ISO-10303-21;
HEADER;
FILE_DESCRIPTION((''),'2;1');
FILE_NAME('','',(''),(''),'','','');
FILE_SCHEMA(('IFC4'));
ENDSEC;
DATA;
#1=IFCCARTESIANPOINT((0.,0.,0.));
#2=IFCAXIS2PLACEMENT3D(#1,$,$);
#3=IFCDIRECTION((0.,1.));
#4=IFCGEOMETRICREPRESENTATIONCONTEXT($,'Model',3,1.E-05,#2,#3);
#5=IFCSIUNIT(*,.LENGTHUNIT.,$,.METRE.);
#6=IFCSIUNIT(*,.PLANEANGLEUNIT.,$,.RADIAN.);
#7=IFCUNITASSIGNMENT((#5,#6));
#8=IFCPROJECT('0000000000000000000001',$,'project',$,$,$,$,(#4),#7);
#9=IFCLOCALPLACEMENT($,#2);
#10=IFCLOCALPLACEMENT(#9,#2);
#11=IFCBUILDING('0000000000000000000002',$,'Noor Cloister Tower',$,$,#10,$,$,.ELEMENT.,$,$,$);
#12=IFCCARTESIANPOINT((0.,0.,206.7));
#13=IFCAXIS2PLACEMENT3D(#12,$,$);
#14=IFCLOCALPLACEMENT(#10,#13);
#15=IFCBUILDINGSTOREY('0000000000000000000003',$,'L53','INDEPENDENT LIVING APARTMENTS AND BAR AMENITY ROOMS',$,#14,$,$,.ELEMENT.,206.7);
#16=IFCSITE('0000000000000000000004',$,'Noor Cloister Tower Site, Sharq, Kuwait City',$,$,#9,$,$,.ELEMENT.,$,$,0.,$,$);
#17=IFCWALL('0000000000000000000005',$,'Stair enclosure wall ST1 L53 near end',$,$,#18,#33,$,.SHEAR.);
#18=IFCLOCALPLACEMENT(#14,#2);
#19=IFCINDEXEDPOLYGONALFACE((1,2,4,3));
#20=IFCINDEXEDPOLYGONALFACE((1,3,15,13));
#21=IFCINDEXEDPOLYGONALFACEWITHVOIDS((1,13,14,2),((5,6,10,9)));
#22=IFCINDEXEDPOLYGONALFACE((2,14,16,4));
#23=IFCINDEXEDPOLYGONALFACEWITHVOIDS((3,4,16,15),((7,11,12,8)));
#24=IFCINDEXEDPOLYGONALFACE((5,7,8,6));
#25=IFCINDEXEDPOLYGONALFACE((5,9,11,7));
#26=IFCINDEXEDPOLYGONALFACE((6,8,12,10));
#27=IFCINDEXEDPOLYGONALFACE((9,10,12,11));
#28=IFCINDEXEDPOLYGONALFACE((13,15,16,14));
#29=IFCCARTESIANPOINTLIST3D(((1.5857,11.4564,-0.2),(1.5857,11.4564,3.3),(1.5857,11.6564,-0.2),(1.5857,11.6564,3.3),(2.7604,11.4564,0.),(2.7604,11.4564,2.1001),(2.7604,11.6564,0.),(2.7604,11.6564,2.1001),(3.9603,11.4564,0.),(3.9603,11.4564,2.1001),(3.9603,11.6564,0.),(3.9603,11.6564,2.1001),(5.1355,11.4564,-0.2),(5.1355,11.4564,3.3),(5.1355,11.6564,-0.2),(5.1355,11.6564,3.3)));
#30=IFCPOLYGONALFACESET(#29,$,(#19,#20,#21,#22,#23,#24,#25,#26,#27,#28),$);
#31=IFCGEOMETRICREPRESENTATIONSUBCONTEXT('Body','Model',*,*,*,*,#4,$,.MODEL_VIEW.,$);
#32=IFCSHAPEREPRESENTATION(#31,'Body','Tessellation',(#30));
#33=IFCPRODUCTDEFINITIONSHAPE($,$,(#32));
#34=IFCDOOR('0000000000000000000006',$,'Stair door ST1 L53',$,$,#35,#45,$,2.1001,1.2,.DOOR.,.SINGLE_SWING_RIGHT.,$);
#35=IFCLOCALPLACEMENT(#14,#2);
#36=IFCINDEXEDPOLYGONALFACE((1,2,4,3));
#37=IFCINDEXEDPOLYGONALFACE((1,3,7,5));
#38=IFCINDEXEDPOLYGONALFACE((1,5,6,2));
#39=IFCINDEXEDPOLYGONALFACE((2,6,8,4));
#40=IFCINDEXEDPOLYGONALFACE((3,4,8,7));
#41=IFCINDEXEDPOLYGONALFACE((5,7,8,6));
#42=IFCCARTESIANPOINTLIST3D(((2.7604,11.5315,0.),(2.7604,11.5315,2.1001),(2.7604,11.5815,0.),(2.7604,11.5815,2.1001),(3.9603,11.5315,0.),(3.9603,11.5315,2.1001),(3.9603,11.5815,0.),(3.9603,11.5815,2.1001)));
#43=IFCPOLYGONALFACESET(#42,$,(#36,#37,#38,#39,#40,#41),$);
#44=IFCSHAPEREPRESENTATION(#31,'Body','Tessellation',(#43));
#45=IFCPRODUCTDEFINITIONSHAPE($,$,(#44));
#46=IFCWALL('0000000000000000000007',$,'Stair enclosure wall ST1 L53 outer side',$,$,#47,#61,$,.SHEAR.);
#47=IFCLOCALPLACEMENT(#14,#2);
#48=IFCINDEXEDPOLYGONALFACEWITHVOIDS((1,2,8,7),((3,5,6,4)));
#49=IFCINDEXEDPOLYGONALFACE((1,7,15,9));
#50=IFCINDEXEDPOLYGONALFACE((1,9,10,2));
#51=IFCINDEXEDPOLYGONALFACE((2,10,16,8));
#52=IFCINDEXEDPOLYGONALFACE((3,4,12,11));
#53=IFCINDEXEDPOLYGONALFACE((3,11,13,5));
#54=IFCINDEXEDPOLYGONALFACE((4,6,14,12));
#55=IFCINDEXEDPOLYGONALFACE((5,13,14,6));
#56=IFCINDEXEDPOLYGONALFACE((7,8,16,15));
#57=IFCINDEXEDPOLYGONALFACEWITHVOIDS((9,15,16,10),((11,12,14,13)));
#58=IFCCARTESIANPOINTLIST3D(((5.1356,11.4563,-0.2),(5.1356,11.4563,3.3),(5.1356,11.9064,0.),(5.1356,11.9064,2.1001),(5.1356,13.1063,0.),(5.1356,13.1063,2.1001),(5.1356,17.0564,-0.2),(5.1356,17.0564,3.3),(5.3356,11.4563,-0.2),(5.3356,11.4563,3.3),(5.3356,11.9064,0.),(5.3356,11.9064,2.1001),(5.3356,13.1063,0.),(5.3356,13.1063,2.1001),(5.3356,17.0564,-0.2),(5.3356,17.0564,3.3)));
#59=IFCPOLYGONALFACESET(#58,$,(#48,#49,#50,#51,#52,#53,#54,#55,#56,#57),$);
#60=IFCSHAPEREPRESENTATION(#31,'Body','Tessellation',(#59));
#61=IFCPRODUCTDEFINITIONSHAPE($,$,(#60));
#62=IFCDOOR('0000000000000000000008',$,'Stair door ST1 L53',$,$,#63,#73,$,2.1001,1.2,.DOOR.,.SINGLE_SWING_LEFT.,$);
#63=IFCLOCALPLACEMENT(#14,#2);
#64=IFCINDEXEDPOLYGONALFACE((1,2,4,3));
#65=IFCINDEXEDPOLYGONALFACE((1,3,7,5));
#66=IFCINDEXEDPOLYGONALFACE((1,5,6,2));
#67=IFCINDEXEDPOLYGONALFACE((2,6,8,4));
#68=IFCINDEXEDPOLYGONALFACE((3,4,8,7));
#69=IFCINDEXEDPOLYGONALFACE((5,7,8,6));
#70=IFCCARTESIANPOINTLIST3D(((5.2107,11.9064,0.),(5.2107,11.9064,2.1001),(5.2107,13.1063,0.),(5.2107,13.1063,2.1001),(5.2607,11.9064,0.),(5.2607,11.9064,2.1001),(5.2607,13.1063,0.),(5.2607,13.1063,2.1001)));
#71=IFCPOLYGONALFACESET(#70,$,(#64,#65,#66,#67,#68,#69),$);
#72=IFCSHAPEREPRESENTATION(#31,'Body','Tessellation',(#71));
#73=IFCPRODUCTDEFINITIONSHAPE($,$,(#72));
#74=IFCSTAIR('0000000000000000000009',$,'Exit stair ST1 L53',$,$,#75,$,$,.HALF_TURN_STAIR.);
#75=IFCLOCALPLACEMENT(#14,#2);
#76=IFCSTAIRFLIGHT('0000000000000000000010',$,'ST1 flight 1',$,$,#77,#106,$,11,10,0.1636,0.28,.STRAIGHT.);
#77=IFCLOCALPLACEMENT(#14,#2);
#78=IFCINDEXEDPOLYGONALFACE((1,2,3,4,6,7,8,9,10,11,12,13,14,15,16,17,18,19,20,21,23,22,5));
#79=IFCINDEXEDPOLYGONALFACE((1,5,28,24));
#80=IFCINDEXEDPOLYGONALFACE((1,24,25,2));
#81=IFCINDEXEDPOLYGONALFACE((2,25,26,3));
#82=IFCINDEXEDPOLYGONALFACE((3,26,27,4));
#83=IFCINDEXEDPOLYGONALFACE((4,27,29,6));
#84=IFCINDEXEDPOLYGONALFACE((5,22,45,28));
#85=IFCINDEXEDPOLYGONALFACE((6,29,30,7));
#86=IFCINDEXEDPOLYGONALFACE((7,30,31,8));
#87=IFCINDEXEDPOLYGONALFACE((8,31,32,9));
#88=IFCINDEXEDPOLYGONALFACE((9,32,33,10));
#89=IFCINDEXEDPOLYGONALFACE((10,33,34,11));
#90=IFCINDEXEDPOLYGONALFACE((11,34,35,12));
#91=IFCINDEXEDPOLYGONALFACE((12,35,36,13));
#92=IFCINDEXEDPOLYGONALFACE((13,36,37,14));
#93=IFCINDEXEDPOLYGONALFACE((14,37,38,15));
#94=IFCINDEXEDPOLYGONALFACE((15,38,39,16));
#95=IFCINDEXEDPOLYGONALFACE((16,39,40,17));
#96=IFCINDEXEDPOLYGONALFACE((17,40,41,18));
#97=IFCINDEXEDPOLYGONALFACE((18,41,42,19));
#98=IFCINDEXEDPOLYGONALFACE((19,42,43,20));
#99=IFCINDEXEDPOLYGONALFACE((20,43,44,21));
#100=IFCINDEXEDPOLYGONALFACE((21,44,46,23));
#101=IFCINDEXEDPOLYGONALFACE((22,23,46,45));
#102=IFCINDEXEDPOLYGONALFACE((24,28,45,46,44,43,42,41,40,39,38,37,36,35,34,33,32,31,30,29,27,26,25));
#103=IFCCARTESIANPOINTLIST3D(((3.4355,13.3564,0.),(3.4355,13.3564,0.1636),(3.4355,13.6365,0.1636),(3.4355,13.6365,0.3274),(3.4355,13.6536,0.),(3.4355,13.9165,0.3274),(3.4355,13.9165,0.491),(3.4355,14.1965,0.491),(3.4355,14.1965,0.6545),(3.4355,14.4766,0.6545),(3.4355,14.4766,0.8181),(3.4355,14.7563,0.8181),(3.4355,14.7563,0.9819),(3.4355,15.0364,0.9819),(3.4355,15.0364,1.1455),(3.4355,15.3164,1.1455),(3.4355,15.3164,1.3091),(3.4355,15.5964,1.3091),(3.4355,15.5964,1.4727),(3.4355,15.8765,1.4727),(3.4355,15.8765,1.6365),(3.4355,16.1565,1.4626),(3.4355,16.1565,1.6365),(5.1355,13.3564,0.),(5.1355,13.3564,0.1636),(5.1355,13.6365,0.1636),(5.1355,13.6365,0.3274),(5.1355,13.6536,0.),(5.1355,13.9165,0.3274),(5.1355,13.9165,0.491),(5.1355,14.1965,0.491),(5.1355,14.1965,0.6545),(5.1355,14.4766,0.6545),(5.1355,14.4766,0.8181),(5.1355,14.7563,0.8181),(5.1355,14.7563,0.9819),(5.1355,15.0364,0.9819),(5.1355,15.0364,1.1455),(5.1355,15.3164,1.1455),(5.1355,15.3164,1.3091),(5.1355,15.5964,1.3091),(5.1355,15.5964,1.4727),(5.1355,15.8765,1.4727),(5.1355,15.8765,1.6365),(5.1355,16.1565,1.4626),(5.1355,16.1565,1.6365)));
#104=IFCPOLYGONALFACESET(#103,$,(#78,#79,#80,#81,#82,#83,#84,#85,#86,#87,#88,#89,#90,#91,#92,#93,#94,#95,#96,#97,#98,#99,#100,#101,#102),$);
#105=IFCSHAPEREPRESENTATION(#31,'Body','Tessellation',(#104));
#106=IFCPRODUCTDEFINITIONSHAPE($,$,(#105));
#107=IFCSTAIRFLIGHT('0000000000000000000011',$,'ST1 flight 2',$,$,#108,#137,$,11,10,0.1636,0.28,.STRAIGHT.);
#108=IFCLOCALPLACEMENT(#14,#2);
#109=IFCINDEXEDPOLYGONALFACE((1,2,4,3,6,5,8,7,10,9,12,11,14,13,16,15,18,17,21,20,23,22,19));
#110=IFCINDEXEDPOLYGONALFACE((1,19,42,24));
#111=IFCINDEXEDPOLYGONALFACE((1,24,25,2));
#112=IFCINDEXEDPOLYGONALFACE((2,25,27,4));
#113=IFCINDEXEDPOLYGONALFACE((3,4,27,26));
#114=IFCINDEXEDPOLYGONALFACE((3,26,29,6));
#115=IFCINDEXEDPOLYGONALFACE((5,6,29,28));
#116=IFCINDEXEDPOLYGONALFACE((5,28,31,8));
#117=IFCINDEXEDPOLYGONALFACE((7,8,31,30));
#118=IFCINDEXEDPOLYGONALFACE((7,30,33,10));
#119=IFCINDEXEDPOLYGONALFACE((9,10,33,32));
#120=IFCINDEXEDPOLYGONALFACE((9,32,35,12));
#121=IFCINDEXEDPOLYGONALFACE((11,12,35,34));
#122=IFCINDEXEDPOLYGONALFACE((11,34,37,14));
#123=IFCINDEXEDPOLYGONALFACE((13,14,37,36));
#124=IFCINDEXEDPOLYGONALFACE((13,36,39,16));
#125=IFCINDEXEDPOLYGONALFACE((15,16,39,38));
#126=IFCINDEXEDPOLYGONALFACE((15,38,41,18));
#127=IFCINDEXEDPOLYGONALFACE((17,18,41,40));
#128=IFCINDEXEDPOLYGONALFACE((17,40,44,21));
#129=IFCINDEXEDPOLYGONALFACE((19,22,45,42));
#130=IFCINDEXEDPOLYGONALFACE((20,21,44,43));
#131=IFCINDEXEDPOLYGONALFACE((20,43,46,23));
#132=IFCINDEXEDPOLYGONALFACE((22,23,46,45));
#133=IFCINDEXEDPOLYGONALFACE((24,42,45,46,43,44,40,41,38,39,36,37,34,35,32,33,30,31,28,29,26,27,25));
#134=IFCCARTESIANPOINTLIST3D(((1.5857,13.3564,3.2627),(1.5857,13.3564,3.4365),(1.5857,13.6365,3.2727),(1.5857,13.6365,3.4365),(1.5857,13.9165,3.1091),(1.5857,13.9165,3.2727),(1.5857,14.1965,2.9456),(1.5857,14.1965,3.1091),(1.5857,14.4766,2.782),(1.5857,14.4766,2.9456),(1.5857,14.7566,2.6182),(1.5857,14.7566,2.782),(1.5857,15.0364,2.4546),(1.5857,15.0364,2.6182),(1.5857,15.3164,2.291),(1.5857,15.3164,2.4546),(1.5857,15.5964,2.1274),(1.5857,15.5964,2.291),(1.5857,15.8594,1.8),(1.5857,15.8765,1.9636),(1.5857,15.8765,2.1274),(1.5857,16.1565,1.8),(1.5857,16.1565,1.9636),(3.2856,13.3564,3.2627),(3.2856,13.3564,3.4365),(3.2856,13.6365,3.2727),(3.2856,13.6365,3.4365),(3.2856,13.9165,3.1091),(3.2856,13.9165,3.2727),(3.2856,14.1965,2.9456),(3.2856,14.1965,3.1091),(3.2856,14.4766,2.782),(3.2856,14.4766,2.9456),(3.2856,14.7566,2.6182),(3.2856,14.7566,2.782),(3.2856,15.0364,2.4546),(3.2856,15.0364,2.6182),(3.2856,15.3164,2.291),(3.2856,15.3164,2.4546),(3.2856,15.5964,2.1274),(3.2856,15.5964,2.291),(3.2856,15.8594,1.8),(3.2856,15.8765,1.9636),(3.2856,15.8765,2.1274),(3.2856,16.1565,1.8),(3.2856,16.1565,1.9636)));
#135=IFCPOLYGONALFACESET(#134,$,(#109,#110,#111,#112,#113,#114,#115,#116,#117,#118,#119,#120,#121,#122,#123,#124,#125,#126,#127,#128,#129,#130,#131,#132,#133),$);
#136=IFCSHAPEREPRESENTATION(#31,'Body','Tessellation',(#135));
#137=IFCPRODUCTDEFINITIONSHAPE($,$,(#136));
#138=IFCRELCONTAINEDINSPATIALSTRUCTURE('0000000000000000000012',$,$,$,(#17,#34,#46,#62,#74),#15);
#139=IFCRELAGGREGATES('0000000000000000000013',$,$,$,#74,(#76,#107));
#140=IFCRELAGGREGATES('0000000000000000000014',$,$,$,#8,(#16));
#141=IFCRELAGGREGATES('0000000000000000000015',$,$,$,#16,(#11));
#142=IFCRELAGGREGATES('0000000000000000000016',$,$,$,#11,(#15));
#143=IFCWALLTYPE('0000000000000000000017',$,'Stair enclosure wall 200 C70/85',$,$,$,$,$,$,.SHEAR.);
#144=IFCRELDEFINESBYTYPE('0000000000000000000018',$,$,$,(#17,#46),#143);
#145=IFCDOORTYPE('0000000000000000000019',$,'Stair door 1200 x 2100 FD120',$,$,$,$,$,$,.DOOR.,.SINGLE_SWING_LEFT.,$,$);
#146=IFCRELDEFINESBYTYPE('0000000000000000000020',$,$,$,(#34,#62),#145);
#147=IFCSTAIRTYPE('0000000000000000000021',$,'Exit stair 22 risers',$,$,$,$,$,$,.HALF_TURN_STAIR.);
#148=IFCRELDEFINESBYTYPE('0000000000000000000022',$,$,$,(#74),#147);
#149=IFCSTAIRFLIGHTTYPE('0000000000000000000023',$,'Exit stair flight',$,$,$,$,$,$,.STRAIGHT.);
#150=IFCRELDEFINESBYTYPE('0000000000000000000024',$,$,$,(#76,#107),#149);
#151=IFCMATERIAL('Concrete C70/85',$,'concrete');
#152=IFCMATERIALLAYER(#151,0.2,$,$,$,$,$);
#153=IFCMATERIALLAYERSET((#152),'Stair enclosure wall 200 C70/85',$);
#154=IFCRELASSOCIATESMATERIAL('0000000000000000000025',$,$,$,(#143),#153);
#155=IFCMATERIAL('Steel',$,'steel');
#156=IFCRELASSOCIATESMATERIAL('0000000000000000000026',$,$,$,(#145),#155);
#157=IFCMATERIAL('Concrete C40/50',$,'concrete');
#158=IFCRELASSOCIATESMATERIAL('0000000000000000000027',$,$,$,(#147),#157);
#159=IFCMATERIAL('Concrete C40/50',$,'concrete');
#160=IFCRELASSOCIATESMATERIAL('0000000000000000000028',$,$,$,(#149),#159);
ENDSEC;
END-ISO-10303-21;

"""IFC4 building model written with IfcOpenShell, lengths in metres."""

from ifc_helpers import new_model, si_unit, direction, frame, frame_2d, origin, place, context, subcontext, project, spatial, polyline, rectangle, outline, extrude, material, layer, layer_set, type_object, element, fill, aggregate, save


model = new_model("IFC4")

# Units and contexts
model_context = context("Model", 3, precision=1e-05, world=origin(), true_north=direction((0.0, 1.0)))
body_context = subcontext(model_context, "Body", "Model", "MODEL_VIEW")
ifc_project = project(units=[si_unit("LENGTHUNIT", "METRE"), si_unit("PLANEANGLEUNIT", "RADIAN")], contexts=[model_context])

# Site, building, storey
site_placement = place(None, origin())
site = spatial("IfcSite", under=ifc_project, at=site_placement, Name="Noor Cloister Tower Site, Sharq, Kuwait City", CompositionType="ELEMENT", RefElevation=0.0)
building_placement = place(site_placement, origin())
building = spatial("IfcBuilding", under=site, at=building_placement, Name="Noor Cloister Tower", CompositionType="ELEMENT")
storey_placement = place(building_placement, frame((0.0, 0.0, 206.7)))
storey = spatial("IfcBuildingStorey", under=building, at=storey_placement, Name="L53", Description="INDEPENDENT LIVING APARTMENTS AND BAR AMENITY ROOMS", CompositionType="ELEMENT", Elevation=206.7)

# Walls, openings, doors
ifc_material_1 = material(Name="Concrete C70/85", Category="concrete")
ifc_layer_1 = layer(ifc_material_1, 0.2)
ifc_layer_set_1 = layer_set([ifc_layer_1], Name="Stair enclosure wall 200 C70/85")
wall_type_1 = type_object("IfcWallType", Name="Stair enclosure wall 200 C70/85", PredefinedType="SHEAR", material=ifc_layer_set_1)
wall_1_placement = place(storey_placement, frame((5.1355, 11.5564, -0.2), z_axis=(0.0, 0.0, 1.0), x_axis=(-1.0, 0.0, 0.0)))
wall_1 = element("IfcWall", 1, at=wall_1_placement, inside=storey, type_object=wall_type_1, Name="Stair enclosure wall ST1 L53 near end", PredefinedType="SHEAR", context=body_context, shape_type="SweptSolid", body=[
    extrude(rectangle(XDim=3.5498, YDim=0.2, at=frame_2d((1.7749, 0.0))), origin(), (0.0, 0.0, 1.0), 3.5),
])
opening_1_placement = place(wall_1_placement, frame((1.175, 0.0, 0.2)))
opening_1 = element("IfcOpeningElement", 2, at=opening_1_placement, cuts=wall_1, PredefinedType="OPENING", context=body_context, shape_type="SweptSolid", body=[
    extrude(rectangle(XDim=1.2, YDim=2.1001, at=frame_2d((0.6001, 1.05))), frame((0.0, 0.1099, 0.0), z_axis=(0.0, -1.0, 0.0), x_axis=(1.0, 0.0, 0.0)), (0.0, 0.0, 1.0), 0.22),
])
ifc_material_2 = material(Name="Steel", Category="steel")
door_type_1 = type_object("IfcDoorType", Name="Stair door 1200 x 2100 FD120", OperationType="SINGLE_SWING_LEFT", PredefinedType="DOOR", material=ifc_material_2)
door_1_placement = place(opening_1_placement, origin())
door_1 = element("IfcDoor", 3, at=door_1_placement, inside=storey, type_object=door_type_1, Name="Stair door ST1 L53", OperationType="SINGLE_SWING_RIGHT", OverallHeight=2.1001, OverallWidth=1.2, PredefinedType="DOOR", context=body_context, shape_type="SweptSolid", body=[
    extrude(rectangle(XDim=1.2, YDim=2.1001, at=frame_2d((0.6001, 1.05))), frame((0.0, 0.0249, 0.0), z_axis=(0.0, -1.0, 0.0), x_axis=(1.0, 0.0, 0.0)), (0.0, 0.0, 1.0), 0.05),
])
fill(opening_1, door_1)
wall_2_placement = place(storey_placement, frame((5.2356, 11.4563, -0.2), z_axis=(0.0, 0.0, 1.0), x_axis=(0.0, 1.0, 0.0)))
wall_2 = element("IfcWall", 4, at=wall_2_placement, inside=storey, type_object=wall_type_1, Name="Stair enclosure wall ST1 L53 outer side", PredefinedType="SHEAR", context=body_context, shape_type="SweptSolid", body=[
    extrude(rectangle(XDim=5.6001, YDim=0.2, at=frame_2d((2.8, 0.0))), origin(), (0.0, 0.0, 1.0), 3.5),
])
opening_2_placement = place(wall_2_placement, frame((0.45, 0.0, 0.2)))
opening_2 = element("IfcOpeningElement", 5, at=opening_2_placement, cuts=wall_2, PredefinedType="OPENING", context=body_context, shape_type="SweptSolid", body=[
    extrude(rectangle(XDim=1.2, YDim=2.1001, at=frame_2d((0.6001, 1.05))), frame((0.0, 0.1099, 0.0), z_axis=(0.0, -1.0, 0.0), x_axis=(1.0, 0.0, 0.0)), (0.0, 0.0, 1.0), 0.22),
])
door_2_placement = place(opening_2_placement, origin())
door_2 = element("IfcDoor", 6, at=door_2_placement, inside=storey, type_object=door_type_1, Name="Stair door ST1 L53", OperationType="SINGLE_SWING_LEFT", OverallHeight=2.1001, OverallWidth=1.2, PredefinedType="DOOR", context=body_context, shape_type="SweptSolid", body=[
    extrude(rectangle(XDim=1.2, YDim=2.1001, at=frame_2d((0.6001, 1.05))), frame((0.0, 0.0249, 0.0), z_axis=(0.0, -1.0, 0.0), x_axis=(1.0, 0.0, 0.0)), (0.0, 0.0, 1.0), 0.05),
])
fill(opening_2, door_2)

# Stair, stair flights
ifc_material_3 = material(Name="Concrete C40/50", Category="concrete")
stair_type = type_object("IfcStairType", Name="Exit stair 22 risers", PredefinedType="HALF_TURN_STAIR", material=ifc_material_3)
stair_placement = place(storey_placement, origin())
stair = element("IfcStair", 7, at=stair_placement, inside=storey, type_object=stair_type, Name="Exit stair ST1 L53", PredefinedType="HALF_TURN_STAIR")
ifc_material_4 = material(Name="Concrete C40/50", Category="concrete")
stair_flight_type = type_object("IfcStairFlightType", Name="Exit stair flight", PredefinedType="STRAIGHT", material=ifc_material_4)
stair_flight_1_placement = place(storey_placement, frame((4.2856, 13.3564, 0.0), z_axis=(0.0, 0.0, 1.0), x_axis=(0.0, 1.0, 0.0)))
stair_flight_1 = element("IfcStairFlight", 8, at=stair_flight_1_placement, type_object=stair_flight_type, Name="ST1 flight 1", NumberOfRisers=11, NumberOfTreads=10, PredefinedType="STRAIGHT", RiserHeight=0.1636, TreadLength=0.28, context=body_context, shape_type="SweptSolid", body=[
    extrude(outline(polyline([(0.0, 0.0), (0.0, 0.1636), (0.28, 0.1636), (0.28, 0.3274), (0.5601, 0.3274), (0.5601, 0.491), (0.8401, 0.491), (0.8401, 0.6545), (1.1201, 0.6545), (1.1201, 0.8181), (1.3999, 0.8181), (1.3999, 0.9819), (1.6799, 0.9819), (1.6799, 1.1455), (1.96, 1.1455), (1.96, 1.3091), (2.24, 1.3091), (2.24, 1.4727), (2.52, 1.4727), (2.52, 1.6365), (2.8, 1.6365), (2.8, 1.8), (2.8, 1.4626), (0.2971, 0.0), (0.0, 0.0)])), frame((0.0, 0.8501, 0.0), z_axis=(0.0, -1.0, 0.0), x_axis=(1.0, 0.0, 0.0)), (0.0, 0.0, 1.0), 1.7),
])
stair_flight_2_placement = place(storey_placement, frame((2.4355, 16.1565, 1.8), z_axis=(0.0, 0.0, 1.0), x_axis=(0.0, -1.0, 0.0)))
stair_flight_2 = element("IfcStairFlight", 9, at=stair_flight_2_placement, type_object=stair_flight_type, Name="ST1 flight 2", NumberOfRisers=11, NumberOfTreads=10, PredefinedType="STRAIGHT", RiserHeight=0.1636, TreadLength=0.28, context=body_context, shape_type="SweptSolid", body=[
    extrude(outline(polyline([(0.0, 0.0), (0.0, 0.1636), (0.28, 0.1636), (0.28, 0.3274), (0.5601, 0.3274), (0.5601, 0.491), (0.8401, 0.491), (0.8401, 0.6545), (1.1201, 0.6545), (1.1201, 0.8181), (1.3999, 0.8181), (1.3999, 0.9819), (1.6799, 0.9819), (1.6799, 1.1455), (1.96, 1.1455), (1.96, 1.3091), (2.24, 1.3091), (2.24, 1.4727), (2.52, 1.4727), (2.52, 1.6365), (2.8, 1.6365), (2.8, 1.8), (2.8, 1.4626), (0.2971, 0.0), (0.0, 0.0)])), frame((0.0, 0.8501, 0.0), z_axis=(0.0, -1.0, 0.0), x_axis=(1.0, 0.0, 0.0)), (0.0, 0.0, 1.0), 1.7),
])
aggregate(stair, [stair_flight_1, stair_flight_2])

save(model, "model.ifc")
